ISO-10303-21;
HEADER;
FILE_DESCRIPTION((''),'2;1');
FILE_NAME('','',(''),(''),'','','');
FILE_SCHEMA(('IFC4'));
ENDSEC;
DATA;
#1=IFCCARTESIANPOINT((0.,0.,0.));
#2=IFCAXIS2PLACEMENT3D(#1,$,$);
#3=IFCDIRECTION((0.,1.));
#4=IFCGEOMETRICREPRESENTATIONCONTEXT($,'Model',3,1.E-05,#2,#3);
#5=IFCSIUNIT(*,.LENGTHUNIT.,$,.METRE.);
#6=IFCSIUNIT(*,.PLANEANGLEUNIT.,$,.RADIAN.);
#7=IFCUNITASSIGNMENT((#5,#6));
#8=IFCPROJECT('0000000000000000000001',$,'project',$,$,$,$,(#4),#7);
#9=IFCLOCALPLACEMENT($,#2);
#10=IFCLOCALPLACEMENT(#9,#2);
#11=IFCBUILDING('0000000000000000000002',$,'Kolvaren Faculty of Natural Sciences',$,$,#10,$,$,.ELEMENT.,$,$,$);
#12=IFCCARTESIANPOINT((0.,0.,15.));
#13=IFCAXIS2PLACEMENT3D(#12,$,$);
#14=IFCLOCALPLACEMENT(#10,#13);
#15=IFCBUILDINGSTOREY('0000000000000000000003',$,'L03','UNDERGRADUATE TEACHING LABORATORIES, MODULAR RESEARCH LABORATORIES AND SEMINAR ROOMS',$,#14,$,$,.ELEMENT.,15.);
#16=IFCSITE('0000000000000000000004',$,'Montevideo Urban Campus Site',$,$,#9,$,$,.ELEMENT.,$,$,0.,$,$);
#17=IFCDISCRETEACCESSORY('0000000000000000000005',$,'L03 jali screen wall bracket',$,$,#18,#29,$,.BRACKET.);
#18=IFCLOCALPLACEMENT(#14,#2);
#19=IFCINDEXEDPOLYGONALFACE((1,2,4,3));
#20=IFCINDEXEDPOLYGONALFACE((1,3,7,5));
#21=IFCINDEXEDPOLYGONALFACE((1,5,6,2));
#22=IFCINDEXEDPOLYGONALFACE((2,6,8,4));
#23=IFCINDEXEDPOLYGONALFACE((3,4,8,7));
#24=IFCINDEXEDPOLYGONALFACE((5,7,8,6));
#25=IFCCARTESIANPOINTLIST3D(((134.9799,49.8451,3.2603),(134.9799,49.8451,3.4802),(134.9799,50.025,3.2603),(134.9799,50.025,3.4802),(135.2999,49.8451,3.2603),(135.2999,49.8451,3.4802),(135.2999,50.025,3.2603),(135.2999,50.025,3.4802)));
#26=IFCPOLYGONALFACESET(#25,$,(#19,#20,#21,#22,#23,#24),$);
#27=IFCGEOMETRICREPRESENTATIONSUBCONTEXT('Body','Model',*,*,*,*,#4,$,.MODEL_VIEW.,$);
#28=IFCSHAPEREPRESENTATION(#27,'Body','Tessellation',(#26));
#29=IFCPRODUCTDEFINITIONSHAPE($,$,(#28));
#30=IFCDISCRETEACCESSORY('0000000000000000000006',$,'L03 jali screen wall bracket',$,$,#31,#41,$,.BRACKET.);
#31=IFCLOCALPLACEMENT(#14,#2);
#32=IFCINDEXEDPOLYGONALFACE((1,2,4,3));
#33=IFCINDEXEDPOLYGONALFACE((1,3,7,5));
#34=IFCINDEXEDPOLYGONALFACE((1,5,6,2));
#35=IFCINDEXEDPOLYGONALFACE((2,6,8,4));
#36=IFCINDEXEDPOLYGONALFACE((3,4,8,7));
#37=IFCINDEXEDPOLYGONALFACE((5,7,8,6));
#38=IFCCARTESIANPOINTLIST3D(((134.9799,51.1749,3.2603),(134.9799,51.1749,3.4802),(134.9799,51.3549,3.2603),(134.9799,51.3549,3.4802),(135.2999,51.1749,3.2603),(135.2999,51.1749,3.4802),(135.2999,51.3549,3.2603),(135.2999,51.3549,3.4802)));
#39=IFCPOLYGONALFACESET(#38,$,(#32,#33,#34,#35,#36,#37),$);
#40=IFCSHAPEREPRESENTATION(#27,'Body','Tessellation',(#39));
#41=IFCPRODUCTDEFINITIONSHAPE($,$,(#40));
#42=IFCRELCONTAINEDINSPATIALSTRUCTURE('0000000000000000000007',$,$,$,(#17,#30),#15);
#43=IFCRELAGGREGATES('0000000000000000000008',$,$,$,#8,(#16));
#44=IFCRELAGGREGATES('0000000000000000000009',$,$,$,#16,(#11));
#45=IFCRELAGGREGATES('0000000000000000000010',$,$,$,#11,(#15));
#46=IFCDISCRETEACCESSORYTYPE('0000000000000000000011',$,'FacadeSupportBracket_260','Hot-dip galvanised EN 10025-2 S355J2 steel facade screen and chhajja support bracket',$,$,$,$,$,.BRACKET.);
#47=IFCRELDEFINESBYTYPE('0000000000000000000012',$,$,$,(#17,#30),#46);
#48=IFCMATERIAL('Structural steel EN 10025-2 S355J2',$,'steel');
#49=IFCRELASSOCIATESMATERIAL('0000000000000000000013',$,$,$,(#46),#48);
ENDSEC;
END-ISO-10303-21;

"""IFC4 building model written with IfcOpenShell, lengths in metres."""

from ifc_helpers import new_model, si_unit, direction, frame, origin, origin_2d, place, context, subcontext, project, spatial, rectangle, extrude, material, type_object, element, save


model = new_model("IFC4")

# Units and contexts
model_context = context("Model", 3, precision=1e-05, world=origin(), true_north=direction((0.0, 1.0)))
body_context = subcontext(model_context, "Body", "Model", "MODEL_VIEW")
ifc_project = project(units=[si_unit("LENGTHUNIT", "METRE"), si_unit("PLANEANGLEUNIT", "RADIAN")], contexts=[model_context])

# Site, building, storey
site_placement = place(None, origin())
site = spatial("IfcSite", under=ifc_project, at=site_placement, Name="Montevideo Urban Campus Site", CompositionType="ELEMENT", RefElevation=0.0)
building_placement = place(site_placement, origin())
building = spatial("IfcBuilding", under=site, at=building_placement, Name="Kolvaren Faculty of Natural Sciences", CompositionType="ELEMENT")
storey_placement = place(building_placement, frame((0.0, 0.0, 15.0)))
storey = spatial("IfcBuildingStorey", under=building, at=storey_placement, Name="L03", Description="UNDERGRADUATE TEACHING LABORATORIES, MODULAR RESEARCH LABORATORIES AND SEMINAR ROOMS", CompositionType="ELEMENT", Elevation=15.0)

# Discrete accessories
ifc_material_1 = material(Name="Structural steel EN 10025-2 S355J2", Category="steel")
discrete_accessory_type = type_object("IfcDiscreteAccessoryType", Name="FacadeSupportBracket_260", Description="Hot-dip galvanised EN 10025-2 S355J2 steel facade screen and chhajja support bracket", PredefinedType="BRACKET", material=ifc_material_1)
for number, where, z_axis, x_axis, name in (
    (1, (135.1399, 49.9351, 3.2603), (0.0, 0.0, 1.0), (0.0, 1.0, 0.0), "L03 jali screen wall bracket"),
    (2, (135.1399, 51.2649, 3.2603), (0.0, 0.0, 1.0), (0.0, 1.0, 0.0), "L03 jali screen wall bracket"),
):
    element("IfcDiscreteAccessory", number, at=place(storey_placement, frame(where, z_axis=z_axis, x_axis=x_axis)), inside=storey, type_object=discrete_accessory_type, Name=name, PredefinedType="BRACKET", context=body_context, shape_type="SweptSolid", body=[
        extrude(rectangle(XDim=0.1799, YDim=0.3201, at=origin_2d()), origin(), (0.0, 0.0, 1.0), 0.22),
    ])

save(model, "model.ifc")
